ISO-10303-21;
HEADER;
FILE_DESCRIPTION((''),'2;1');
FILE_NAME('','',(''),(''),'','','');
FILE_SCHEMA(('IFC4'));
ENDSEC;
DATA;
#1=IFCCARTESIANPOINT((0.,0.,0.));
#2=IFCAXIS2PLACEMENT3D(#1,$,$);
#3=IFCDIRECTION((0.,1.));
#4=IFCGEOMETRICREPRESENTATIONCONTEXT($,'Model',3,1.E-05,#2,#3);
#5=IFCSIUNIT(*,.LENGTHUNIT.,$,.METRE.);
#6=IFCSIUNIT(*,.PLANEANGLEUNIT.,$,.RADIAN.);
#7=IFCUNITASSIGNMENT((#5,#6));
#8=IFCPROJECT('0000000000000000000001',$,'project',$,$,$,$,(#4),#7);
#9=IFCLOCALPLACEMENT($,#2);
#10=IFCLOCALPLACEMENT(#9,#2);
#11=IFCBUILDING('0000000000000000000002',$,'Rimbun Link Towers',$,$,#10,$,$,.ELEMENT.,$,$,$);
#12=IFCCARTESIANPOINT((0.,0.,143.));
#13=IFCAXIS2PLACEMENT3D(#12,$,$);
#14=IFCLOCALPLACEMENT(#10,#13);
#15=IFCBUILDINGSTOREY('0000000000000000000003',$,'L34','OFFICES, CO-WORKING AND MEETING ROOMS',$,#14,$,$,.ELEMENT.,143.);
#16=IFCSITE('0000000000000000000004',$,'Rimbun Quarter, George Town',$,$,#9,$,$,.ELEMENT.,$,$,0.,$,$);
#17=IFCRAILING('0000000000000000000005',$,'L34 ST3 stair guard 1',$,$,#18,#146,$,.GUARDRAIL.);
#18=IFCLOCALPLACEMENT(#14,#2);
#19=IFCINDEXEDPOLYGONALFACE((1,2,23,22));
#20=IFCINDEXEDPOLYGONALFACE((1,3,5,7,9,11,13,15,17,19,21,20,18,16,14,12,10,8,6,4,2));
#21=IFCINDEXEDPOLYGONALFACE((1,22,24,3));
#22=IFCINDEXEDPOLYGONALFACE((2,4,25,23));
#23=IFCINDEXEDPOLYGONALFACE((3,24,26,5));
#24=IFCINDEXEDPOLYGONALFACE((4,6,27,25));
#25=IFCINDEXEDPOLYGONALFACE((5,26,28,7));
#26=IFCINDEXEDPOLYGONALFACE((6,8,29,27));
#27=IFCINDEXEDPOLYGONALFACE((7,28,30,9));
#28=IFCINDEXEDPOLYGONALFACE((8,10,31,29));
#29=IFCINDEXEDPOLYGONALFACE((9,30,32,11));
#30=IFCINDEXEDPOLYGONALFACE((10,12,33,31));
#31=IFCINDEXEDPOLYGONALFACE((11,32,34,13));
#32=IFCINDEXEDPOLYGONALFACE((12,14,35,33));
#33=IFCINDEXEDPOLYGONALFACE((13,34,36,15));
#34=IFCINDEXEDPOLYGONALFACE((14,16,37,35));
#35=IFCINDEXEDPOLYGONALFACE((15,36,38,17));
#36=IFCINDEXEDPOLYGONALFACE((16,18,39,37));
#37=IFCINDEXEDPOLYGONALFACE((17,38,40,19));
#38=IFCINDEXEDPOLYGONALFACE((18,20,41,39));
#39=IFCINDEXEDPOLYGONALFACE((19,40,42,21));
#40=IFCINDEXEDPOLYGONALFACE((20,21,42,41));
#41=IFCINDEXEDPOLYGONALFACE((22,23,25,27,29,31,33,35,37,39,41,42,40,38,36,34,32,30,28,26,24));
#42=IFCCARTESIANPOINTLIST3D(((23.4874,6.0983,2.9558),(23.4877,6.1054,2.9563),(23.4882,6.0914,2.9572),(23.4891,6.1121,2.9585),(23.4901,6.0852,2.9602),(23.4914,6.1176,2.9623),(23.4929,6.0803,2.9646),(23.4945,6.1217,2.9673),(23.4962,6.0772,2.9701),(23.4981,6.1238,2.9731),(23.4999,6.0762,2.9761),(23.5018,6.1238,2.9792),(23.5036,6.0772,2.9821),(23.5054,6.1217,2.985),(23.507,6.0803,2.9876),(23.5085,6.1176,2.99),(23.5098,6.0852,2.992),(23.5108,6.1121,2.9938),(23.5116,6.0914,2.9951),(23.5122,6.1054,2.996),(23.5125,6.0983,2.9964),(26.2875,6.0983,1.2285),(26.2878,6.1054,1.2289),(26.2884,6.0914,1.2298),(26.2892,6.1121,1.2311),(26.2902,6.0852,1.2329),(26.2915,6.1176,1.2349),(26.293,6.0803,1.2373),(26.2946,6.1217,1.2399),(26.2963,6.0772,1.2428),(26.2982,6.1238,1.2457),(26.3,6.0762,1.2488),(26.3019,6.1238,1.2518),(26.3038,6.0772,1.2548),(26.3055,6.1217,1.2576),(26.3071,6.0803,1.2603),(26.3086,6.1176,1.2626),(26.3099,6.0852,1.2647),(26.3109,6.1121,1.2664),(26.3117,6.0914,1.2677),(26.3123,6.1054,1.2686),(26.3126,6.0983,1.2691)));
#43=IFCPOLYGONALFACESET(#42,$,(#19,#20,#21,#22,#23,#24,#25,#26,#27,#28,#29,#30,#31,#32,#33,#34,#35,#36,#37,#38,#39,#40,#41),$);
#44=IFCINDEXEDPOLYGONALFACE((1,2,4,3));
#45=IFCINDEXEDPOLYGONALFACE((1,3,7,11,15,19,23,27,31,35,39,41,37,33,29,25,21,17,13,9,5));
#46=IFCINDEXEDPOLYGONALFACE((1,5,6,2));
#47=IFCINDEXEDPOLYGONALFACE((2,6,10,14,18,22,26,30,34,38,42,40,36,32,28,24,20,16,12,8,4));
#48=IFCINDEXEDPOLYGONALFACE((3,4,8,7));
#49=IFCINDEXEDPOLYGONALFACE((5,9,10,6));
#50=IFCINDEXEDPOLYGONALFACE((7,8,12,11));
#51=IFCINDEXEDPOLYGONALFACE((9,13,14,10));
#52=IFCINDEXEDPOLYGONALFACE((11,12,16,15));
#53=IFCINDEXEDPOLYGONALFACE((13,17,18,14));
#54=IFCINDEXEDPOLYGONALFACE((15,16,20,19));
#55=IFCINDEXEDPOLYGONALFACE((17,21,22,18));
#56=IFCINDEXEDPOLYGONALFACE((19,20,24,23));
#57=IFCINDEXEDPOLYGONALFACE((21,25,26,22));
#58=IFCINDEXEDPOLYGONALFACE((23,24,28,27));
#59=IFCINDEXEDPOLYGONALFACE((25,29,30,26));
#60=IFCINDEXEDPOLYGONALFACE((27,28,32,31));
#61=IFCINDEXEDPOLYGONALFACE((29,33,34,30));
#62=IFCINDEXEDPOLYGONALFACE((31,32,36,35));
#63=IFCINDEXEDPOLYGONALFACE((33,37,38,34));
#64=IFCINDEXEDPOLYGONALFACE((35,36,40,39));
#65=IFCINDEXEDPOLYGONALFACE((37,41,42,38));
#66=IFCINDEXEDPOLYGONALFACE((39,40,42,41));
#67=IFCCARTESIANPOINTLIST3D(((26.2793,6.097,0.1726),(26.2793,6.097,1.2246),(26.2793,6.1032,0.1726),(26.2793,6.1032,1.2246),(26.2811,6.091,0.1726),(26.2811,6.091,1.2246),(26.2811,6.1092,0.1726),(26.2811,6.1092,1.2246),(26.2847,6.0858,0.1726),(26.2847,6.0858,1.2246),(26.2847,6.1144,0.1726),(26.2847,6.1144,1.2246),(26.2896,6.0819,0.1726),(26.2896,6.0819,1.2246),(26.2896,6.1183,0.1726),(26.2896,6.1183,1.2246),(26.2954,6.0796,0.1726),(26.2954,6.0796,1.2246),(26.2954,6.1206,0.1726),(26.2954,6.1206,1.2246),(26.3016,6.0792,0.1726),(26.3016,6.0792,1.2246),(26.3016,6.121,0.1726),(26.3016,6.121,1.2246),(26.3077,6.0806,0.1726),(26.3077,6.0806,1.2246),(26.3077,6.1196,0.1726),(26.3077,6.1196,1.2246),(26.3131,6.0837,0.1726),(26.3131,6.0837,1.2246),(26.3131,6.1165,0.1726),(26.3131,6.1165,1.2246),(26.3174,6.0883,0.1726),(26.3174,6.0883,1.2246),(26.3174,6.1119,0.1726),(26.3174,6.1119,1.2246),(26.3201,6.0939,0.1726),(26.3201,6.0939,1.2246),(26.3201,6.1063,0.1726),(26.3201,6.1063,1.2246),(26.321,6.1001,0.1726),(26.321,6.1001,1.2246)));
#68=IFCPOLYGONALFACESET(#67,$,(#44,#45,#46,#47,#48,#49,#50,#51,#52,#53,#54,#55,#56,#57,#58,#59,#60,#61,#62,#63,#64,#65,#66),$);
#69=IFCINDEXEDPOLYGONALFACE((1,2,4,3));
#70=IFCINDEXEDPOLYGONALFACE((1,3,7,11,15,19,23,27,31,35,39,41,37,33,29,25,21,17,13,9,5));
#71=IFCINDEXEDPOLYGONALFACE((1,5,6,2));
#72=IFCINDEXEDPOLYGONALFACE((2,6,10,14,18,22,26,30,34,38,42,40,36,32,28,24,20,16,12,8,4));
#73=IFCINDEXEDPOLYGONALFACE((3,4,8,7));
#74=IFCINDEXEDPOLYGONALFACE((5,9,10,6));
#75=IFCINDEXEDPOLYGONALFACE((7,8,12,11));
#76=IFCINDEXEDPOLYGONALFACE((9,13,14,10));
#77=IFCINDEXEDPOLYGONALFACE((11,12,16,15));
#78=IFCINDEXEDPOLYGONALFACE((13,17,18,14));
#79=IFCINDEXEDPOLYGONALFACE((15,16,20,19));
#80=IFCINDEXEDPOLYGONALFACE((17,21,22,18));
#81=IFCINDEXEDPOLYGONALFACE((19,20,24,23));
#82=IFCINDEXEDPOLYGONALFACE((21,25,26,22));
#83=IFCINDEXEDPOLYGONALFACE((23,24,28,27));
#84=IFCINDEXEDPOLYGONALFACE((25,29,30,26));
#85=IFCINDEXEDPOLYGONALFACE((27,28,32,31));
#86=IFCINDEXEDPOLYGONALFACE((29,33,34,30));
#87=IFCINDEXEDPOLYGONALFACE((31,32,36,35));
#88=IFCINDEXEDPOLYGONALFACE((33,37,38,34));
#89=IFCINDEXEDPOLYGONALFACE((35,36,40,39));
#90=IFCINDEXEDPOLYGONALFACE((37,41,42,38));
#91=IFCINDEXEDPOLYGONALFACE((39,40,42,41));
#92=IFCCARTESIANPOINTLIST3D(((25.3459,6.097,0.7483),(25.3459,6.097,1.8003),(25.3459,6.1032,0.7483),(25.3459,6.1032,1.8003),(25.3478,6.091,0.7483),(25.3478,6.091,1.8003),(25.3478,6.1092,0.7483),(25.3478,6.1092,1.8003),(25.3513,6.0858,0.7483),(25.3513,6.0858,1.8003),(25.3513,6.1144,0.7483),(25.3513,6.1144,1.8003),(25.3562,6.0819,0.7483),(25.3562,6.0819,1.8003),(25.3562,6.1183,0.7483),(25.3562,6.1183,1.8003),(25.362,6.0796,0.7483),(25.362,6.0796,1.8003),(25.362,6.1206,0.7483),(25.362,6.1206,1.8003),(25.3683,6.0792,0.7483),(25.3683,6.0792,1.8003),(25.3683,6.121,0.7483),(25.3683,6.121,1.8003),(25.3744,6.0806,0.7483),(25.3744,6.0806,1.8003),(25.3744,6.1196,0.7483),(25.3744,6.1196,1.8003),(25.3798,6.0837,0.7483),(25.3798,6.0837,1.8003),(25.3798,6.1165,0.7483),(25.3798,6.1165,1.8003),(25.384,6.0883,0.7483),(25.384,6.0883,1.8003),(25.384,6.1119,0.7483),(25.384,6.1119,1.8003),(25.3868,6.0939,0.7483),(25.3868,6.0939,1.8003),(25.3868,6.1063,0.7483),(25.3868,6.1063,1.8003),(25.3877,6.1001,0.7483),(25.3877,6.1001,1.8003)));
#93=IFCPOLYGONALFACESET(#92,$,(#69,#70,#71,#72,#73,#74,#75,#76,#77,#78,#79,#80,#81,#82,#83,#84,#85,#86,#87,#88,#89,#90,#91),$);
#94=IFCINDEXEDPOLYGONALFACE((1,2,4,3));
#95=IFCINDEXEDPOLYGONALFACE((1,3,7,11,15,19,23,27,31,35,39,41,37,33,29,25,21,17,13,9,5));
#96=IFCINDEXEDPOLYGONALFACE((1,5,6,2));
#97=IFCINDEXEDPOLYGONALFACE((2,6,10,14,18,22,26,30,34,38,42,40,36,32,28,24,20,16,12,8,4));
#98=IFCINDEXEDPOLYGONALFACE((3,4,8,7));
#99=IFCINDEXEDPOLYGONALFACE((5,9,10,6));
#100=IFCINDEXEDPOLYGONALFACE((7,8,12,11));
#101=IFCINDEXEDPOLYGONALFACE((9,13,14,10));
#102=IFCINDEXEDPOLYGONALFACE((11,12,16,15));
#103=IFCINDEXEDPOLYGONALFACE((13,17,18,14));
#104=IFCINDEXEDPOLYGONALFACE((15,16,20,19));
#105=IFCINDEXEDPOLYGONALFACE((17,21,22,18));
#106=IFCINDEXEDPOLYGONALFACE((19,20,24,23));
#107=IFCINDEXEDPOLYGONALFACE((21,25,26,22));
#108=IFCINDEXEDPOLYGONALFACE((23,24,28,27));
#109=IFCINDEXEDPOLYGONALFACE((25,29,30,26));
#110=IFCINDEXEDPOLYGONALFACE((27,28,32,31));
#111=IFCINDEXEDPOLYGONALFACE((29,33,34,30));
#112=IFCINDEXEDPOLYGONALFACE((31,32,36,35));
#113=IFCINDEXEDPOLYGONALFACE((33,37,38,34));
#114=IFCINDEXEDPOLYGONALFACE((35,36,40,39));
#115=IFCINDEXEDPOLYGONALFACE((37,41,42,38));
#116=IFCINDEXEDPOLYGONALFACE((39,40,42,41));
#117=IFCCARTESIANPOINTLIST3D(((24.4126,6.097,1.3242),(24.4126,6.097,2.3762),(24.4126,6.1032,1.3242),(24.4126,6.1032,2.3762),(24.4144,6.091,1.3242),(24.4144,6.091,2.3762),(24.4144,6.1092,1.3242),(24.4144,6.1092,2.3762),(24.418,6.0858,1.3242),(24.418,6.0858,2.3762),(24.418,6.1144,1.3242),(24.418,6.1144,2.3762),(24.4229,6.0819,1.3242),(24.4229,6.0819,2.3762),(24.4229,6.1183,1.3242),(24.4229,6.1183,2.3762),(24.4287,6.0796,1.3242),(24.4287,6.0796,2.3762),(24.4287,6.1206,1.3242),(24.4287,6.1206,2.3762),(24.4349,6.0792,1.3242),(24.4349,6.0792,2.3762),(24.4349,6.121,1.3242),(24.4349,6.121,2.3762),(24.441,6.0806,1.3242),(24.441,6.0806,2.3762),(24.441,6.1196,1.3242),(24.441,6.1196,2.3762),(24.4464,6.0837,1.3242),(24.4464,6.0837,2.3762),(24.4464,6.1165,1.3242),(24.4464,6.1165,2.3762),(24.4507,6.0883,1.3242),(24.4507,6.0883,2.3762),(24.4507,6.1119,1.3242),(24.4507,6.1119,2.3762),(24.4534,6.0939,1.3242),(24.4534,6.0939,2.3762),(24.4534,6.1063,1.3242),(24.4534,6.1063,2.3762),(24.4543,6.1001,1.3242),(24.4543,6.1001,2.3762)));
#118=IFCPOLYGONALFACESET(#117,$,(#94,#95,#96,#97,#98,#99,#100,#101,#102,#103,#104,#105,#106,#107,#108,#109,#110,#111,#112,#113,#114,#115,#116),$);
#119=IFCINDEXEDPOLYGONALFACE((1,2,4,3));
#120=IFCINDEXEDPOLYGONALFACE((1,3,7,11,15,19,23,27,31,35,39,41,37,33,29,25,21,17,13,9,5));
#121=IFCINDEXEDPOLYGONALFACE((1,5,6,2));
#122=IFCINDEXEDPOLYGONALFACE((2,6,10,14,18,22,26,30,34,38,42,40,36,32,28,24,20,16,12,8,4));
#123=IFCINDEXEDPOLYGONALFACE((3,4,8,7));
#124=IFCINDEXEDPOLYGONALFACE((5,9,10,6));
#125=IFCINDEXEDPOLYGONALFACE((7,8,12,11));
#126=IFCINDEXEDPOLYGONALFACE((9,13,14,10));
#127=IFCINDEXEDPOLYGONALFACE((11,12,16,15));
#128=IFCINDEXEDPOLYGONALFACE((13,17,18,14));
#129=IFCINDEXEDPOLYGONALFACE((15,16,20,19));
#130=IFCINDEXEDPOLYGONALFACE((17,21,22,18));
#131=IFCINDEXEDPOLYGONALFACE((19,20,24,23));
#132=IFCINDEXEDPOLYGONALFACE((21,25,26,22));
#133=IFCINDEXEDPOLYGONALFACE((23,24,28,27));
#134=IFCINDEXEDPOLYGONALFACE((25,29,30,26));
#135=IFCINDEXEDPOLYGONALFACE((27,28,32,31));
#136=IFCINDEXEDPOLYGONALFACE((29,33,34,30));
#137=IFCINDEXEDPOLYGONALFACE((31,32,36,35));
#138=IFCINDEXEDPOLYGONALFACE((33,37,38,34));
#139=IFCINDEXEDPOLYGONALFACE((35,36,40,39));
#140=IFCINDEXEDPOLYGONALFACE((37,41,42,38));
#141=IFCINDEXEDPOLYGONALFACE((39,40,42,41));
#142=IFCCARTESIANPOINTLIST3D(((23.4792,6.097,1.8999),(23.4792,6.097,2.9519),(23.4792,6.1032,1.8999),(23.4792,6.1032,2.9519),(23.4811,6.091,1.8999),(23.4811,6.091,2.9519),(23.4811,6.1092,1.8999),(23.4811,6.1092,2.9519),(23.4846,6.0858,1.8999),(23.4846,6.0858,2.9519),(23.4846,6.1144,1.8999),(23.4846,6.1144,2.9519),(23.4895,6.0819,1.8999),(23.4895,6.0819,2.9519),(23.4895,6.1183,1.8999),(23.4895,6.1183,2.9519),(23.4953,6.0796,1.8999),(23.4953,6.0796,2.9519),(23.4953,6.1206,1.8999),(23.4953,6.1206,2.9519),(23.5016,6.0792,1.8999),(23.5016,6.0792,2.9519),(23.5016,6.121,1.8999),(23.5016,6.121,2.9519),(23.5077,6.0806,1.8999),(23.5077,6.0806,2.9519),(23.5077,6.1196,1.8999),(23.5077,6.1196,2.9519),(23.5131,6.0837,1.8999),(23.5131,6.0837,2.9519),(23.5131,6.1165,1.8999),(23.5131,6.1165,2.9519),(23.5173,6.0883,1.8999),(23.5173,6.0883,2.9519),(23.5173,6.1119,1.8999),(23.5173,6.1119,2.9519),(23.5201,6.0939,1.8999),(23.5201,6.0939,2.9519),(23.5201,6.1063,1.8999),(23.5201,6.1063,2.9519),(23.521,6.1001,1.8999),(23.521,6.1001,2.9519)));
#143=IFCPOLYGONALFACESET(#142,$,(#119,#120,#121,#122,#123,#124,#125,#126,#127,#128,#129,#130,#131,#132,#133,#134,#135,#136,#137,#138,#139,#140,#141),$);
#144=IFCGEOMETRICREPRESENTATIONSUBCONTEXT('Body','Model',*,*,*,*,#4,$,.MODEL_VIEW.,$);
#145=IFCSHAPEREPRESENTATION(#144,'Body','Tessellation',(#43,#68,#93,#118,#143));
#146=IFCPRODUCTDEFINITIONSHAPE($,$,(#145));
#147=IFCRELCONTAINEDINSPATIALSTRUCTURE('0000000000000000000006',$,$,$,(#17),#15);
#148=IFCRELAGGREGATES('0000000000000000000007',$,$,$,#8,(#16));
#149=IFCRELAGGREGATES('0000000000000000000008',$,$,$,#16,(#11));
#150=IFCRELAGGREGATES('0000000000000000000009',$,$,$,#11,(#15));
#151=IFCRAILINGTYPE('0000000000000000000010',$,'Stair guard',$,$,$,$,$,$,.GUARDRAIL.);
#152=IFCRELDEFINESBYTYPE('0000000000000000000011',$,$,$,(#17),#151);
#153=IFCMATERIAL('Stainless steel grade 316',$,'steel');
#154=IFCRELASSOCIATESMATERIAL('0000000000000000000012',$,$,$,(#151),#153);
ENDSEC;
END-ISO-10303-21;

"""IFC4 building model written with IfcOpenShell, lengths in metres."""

from ifc_helpers import new_model, si_unit, direction, frame, origin, origin_2d, place, context, subcontext, project, spatial, circle, extrude, material, type_object, element, save


model = new_model("IFC4")

# Units and contexts
model_context = context("Model", 3, precision=1e-05, world=origin(), true_north=direction((0.0, 1.0)))
body_context = subcontext(model_context, "Body", "Model", "MODEL_VIEW")
ifc_project = project(units=[si_unit("LENGTHUNIT", "METRE"), si_unit("PLANEANGLEUNIT", "RADIAN")], contexts=[model_context])

# Site, building, storey
site_placement = place(None, origin())
site = spatial("IfcSite", under=ifc_project, at=site_placement, Name="Rimbun Quarter, George Town", CompositionType="ELEMENT", RefElevation=0.0)
building_placement = place(site_placement, origin())
building = spatial("IfcBuilding", under=site, at=building_placement, Name="Rimbun Link Towers", CompositionType="ELEMENT")
storey_placement = place(building_placement, frame((0.0, 0.0, 143.0)))
storey = spatial("IfcBuildingStorey", under=building, at=storey_placement, Name="L34", Description="OFFICES, CO-WORKING AND MEETING ROOMS", CompositionType="ELEMENT", Elevation=143.0)

# Railing
ifc_material_1 = material(Name="Stainless steel grade 316", Category="steel")
railing_type_1 = type_object("IfcRailingType", Name="Stair guard", PredefinedType="GUARDRAIL", material=ifc_material_1)
railing_1_placement = place(storey_placement, frame((26.3, 6.1001, 0.1726)))
element("IfcRailing", 1, at=railing_1_placement, inside=storey, type_object=railing_type_1, Name="L34 ST3 stair guard 1", PredefinedType="GUARDRAIL", context=body_context, shape_type="SweptSolid", body=[
    extrude(circle(Radius=0.0239, at=origin_2d()), frame((0.0, 0.0, 1.0762), z_axis=(-0.85109, 0.0, 0.52502), x_axis=(0.0, -1.0, 0.0)), (0.0, 0.0, 1.0), 3.29),
    extrude(circle(Radius=0.021, at=origin_2d()), origin(), (0.0, 0.0, 1.0), 1.052),
    extrude(circle(Radius=0.021, at=origin_2d()), frame((-0.9333, 0.0, 0.5757)), (0.0, 0.0, 1.0), 1.052),
    extrude(circle(Radius=0.021, at=origin_2d()), frame((-1.8667, 0.0, 1.1516)), (0.0, 0.0, 1.0), 1.052),
    extrude(circle(Radius=0.021, at=origin_2d()), frame((-2.8, 0.0, 1.7273)), (0.0, 0.0, 1.0), 1.052),
])

save(model, "model.ifc")
